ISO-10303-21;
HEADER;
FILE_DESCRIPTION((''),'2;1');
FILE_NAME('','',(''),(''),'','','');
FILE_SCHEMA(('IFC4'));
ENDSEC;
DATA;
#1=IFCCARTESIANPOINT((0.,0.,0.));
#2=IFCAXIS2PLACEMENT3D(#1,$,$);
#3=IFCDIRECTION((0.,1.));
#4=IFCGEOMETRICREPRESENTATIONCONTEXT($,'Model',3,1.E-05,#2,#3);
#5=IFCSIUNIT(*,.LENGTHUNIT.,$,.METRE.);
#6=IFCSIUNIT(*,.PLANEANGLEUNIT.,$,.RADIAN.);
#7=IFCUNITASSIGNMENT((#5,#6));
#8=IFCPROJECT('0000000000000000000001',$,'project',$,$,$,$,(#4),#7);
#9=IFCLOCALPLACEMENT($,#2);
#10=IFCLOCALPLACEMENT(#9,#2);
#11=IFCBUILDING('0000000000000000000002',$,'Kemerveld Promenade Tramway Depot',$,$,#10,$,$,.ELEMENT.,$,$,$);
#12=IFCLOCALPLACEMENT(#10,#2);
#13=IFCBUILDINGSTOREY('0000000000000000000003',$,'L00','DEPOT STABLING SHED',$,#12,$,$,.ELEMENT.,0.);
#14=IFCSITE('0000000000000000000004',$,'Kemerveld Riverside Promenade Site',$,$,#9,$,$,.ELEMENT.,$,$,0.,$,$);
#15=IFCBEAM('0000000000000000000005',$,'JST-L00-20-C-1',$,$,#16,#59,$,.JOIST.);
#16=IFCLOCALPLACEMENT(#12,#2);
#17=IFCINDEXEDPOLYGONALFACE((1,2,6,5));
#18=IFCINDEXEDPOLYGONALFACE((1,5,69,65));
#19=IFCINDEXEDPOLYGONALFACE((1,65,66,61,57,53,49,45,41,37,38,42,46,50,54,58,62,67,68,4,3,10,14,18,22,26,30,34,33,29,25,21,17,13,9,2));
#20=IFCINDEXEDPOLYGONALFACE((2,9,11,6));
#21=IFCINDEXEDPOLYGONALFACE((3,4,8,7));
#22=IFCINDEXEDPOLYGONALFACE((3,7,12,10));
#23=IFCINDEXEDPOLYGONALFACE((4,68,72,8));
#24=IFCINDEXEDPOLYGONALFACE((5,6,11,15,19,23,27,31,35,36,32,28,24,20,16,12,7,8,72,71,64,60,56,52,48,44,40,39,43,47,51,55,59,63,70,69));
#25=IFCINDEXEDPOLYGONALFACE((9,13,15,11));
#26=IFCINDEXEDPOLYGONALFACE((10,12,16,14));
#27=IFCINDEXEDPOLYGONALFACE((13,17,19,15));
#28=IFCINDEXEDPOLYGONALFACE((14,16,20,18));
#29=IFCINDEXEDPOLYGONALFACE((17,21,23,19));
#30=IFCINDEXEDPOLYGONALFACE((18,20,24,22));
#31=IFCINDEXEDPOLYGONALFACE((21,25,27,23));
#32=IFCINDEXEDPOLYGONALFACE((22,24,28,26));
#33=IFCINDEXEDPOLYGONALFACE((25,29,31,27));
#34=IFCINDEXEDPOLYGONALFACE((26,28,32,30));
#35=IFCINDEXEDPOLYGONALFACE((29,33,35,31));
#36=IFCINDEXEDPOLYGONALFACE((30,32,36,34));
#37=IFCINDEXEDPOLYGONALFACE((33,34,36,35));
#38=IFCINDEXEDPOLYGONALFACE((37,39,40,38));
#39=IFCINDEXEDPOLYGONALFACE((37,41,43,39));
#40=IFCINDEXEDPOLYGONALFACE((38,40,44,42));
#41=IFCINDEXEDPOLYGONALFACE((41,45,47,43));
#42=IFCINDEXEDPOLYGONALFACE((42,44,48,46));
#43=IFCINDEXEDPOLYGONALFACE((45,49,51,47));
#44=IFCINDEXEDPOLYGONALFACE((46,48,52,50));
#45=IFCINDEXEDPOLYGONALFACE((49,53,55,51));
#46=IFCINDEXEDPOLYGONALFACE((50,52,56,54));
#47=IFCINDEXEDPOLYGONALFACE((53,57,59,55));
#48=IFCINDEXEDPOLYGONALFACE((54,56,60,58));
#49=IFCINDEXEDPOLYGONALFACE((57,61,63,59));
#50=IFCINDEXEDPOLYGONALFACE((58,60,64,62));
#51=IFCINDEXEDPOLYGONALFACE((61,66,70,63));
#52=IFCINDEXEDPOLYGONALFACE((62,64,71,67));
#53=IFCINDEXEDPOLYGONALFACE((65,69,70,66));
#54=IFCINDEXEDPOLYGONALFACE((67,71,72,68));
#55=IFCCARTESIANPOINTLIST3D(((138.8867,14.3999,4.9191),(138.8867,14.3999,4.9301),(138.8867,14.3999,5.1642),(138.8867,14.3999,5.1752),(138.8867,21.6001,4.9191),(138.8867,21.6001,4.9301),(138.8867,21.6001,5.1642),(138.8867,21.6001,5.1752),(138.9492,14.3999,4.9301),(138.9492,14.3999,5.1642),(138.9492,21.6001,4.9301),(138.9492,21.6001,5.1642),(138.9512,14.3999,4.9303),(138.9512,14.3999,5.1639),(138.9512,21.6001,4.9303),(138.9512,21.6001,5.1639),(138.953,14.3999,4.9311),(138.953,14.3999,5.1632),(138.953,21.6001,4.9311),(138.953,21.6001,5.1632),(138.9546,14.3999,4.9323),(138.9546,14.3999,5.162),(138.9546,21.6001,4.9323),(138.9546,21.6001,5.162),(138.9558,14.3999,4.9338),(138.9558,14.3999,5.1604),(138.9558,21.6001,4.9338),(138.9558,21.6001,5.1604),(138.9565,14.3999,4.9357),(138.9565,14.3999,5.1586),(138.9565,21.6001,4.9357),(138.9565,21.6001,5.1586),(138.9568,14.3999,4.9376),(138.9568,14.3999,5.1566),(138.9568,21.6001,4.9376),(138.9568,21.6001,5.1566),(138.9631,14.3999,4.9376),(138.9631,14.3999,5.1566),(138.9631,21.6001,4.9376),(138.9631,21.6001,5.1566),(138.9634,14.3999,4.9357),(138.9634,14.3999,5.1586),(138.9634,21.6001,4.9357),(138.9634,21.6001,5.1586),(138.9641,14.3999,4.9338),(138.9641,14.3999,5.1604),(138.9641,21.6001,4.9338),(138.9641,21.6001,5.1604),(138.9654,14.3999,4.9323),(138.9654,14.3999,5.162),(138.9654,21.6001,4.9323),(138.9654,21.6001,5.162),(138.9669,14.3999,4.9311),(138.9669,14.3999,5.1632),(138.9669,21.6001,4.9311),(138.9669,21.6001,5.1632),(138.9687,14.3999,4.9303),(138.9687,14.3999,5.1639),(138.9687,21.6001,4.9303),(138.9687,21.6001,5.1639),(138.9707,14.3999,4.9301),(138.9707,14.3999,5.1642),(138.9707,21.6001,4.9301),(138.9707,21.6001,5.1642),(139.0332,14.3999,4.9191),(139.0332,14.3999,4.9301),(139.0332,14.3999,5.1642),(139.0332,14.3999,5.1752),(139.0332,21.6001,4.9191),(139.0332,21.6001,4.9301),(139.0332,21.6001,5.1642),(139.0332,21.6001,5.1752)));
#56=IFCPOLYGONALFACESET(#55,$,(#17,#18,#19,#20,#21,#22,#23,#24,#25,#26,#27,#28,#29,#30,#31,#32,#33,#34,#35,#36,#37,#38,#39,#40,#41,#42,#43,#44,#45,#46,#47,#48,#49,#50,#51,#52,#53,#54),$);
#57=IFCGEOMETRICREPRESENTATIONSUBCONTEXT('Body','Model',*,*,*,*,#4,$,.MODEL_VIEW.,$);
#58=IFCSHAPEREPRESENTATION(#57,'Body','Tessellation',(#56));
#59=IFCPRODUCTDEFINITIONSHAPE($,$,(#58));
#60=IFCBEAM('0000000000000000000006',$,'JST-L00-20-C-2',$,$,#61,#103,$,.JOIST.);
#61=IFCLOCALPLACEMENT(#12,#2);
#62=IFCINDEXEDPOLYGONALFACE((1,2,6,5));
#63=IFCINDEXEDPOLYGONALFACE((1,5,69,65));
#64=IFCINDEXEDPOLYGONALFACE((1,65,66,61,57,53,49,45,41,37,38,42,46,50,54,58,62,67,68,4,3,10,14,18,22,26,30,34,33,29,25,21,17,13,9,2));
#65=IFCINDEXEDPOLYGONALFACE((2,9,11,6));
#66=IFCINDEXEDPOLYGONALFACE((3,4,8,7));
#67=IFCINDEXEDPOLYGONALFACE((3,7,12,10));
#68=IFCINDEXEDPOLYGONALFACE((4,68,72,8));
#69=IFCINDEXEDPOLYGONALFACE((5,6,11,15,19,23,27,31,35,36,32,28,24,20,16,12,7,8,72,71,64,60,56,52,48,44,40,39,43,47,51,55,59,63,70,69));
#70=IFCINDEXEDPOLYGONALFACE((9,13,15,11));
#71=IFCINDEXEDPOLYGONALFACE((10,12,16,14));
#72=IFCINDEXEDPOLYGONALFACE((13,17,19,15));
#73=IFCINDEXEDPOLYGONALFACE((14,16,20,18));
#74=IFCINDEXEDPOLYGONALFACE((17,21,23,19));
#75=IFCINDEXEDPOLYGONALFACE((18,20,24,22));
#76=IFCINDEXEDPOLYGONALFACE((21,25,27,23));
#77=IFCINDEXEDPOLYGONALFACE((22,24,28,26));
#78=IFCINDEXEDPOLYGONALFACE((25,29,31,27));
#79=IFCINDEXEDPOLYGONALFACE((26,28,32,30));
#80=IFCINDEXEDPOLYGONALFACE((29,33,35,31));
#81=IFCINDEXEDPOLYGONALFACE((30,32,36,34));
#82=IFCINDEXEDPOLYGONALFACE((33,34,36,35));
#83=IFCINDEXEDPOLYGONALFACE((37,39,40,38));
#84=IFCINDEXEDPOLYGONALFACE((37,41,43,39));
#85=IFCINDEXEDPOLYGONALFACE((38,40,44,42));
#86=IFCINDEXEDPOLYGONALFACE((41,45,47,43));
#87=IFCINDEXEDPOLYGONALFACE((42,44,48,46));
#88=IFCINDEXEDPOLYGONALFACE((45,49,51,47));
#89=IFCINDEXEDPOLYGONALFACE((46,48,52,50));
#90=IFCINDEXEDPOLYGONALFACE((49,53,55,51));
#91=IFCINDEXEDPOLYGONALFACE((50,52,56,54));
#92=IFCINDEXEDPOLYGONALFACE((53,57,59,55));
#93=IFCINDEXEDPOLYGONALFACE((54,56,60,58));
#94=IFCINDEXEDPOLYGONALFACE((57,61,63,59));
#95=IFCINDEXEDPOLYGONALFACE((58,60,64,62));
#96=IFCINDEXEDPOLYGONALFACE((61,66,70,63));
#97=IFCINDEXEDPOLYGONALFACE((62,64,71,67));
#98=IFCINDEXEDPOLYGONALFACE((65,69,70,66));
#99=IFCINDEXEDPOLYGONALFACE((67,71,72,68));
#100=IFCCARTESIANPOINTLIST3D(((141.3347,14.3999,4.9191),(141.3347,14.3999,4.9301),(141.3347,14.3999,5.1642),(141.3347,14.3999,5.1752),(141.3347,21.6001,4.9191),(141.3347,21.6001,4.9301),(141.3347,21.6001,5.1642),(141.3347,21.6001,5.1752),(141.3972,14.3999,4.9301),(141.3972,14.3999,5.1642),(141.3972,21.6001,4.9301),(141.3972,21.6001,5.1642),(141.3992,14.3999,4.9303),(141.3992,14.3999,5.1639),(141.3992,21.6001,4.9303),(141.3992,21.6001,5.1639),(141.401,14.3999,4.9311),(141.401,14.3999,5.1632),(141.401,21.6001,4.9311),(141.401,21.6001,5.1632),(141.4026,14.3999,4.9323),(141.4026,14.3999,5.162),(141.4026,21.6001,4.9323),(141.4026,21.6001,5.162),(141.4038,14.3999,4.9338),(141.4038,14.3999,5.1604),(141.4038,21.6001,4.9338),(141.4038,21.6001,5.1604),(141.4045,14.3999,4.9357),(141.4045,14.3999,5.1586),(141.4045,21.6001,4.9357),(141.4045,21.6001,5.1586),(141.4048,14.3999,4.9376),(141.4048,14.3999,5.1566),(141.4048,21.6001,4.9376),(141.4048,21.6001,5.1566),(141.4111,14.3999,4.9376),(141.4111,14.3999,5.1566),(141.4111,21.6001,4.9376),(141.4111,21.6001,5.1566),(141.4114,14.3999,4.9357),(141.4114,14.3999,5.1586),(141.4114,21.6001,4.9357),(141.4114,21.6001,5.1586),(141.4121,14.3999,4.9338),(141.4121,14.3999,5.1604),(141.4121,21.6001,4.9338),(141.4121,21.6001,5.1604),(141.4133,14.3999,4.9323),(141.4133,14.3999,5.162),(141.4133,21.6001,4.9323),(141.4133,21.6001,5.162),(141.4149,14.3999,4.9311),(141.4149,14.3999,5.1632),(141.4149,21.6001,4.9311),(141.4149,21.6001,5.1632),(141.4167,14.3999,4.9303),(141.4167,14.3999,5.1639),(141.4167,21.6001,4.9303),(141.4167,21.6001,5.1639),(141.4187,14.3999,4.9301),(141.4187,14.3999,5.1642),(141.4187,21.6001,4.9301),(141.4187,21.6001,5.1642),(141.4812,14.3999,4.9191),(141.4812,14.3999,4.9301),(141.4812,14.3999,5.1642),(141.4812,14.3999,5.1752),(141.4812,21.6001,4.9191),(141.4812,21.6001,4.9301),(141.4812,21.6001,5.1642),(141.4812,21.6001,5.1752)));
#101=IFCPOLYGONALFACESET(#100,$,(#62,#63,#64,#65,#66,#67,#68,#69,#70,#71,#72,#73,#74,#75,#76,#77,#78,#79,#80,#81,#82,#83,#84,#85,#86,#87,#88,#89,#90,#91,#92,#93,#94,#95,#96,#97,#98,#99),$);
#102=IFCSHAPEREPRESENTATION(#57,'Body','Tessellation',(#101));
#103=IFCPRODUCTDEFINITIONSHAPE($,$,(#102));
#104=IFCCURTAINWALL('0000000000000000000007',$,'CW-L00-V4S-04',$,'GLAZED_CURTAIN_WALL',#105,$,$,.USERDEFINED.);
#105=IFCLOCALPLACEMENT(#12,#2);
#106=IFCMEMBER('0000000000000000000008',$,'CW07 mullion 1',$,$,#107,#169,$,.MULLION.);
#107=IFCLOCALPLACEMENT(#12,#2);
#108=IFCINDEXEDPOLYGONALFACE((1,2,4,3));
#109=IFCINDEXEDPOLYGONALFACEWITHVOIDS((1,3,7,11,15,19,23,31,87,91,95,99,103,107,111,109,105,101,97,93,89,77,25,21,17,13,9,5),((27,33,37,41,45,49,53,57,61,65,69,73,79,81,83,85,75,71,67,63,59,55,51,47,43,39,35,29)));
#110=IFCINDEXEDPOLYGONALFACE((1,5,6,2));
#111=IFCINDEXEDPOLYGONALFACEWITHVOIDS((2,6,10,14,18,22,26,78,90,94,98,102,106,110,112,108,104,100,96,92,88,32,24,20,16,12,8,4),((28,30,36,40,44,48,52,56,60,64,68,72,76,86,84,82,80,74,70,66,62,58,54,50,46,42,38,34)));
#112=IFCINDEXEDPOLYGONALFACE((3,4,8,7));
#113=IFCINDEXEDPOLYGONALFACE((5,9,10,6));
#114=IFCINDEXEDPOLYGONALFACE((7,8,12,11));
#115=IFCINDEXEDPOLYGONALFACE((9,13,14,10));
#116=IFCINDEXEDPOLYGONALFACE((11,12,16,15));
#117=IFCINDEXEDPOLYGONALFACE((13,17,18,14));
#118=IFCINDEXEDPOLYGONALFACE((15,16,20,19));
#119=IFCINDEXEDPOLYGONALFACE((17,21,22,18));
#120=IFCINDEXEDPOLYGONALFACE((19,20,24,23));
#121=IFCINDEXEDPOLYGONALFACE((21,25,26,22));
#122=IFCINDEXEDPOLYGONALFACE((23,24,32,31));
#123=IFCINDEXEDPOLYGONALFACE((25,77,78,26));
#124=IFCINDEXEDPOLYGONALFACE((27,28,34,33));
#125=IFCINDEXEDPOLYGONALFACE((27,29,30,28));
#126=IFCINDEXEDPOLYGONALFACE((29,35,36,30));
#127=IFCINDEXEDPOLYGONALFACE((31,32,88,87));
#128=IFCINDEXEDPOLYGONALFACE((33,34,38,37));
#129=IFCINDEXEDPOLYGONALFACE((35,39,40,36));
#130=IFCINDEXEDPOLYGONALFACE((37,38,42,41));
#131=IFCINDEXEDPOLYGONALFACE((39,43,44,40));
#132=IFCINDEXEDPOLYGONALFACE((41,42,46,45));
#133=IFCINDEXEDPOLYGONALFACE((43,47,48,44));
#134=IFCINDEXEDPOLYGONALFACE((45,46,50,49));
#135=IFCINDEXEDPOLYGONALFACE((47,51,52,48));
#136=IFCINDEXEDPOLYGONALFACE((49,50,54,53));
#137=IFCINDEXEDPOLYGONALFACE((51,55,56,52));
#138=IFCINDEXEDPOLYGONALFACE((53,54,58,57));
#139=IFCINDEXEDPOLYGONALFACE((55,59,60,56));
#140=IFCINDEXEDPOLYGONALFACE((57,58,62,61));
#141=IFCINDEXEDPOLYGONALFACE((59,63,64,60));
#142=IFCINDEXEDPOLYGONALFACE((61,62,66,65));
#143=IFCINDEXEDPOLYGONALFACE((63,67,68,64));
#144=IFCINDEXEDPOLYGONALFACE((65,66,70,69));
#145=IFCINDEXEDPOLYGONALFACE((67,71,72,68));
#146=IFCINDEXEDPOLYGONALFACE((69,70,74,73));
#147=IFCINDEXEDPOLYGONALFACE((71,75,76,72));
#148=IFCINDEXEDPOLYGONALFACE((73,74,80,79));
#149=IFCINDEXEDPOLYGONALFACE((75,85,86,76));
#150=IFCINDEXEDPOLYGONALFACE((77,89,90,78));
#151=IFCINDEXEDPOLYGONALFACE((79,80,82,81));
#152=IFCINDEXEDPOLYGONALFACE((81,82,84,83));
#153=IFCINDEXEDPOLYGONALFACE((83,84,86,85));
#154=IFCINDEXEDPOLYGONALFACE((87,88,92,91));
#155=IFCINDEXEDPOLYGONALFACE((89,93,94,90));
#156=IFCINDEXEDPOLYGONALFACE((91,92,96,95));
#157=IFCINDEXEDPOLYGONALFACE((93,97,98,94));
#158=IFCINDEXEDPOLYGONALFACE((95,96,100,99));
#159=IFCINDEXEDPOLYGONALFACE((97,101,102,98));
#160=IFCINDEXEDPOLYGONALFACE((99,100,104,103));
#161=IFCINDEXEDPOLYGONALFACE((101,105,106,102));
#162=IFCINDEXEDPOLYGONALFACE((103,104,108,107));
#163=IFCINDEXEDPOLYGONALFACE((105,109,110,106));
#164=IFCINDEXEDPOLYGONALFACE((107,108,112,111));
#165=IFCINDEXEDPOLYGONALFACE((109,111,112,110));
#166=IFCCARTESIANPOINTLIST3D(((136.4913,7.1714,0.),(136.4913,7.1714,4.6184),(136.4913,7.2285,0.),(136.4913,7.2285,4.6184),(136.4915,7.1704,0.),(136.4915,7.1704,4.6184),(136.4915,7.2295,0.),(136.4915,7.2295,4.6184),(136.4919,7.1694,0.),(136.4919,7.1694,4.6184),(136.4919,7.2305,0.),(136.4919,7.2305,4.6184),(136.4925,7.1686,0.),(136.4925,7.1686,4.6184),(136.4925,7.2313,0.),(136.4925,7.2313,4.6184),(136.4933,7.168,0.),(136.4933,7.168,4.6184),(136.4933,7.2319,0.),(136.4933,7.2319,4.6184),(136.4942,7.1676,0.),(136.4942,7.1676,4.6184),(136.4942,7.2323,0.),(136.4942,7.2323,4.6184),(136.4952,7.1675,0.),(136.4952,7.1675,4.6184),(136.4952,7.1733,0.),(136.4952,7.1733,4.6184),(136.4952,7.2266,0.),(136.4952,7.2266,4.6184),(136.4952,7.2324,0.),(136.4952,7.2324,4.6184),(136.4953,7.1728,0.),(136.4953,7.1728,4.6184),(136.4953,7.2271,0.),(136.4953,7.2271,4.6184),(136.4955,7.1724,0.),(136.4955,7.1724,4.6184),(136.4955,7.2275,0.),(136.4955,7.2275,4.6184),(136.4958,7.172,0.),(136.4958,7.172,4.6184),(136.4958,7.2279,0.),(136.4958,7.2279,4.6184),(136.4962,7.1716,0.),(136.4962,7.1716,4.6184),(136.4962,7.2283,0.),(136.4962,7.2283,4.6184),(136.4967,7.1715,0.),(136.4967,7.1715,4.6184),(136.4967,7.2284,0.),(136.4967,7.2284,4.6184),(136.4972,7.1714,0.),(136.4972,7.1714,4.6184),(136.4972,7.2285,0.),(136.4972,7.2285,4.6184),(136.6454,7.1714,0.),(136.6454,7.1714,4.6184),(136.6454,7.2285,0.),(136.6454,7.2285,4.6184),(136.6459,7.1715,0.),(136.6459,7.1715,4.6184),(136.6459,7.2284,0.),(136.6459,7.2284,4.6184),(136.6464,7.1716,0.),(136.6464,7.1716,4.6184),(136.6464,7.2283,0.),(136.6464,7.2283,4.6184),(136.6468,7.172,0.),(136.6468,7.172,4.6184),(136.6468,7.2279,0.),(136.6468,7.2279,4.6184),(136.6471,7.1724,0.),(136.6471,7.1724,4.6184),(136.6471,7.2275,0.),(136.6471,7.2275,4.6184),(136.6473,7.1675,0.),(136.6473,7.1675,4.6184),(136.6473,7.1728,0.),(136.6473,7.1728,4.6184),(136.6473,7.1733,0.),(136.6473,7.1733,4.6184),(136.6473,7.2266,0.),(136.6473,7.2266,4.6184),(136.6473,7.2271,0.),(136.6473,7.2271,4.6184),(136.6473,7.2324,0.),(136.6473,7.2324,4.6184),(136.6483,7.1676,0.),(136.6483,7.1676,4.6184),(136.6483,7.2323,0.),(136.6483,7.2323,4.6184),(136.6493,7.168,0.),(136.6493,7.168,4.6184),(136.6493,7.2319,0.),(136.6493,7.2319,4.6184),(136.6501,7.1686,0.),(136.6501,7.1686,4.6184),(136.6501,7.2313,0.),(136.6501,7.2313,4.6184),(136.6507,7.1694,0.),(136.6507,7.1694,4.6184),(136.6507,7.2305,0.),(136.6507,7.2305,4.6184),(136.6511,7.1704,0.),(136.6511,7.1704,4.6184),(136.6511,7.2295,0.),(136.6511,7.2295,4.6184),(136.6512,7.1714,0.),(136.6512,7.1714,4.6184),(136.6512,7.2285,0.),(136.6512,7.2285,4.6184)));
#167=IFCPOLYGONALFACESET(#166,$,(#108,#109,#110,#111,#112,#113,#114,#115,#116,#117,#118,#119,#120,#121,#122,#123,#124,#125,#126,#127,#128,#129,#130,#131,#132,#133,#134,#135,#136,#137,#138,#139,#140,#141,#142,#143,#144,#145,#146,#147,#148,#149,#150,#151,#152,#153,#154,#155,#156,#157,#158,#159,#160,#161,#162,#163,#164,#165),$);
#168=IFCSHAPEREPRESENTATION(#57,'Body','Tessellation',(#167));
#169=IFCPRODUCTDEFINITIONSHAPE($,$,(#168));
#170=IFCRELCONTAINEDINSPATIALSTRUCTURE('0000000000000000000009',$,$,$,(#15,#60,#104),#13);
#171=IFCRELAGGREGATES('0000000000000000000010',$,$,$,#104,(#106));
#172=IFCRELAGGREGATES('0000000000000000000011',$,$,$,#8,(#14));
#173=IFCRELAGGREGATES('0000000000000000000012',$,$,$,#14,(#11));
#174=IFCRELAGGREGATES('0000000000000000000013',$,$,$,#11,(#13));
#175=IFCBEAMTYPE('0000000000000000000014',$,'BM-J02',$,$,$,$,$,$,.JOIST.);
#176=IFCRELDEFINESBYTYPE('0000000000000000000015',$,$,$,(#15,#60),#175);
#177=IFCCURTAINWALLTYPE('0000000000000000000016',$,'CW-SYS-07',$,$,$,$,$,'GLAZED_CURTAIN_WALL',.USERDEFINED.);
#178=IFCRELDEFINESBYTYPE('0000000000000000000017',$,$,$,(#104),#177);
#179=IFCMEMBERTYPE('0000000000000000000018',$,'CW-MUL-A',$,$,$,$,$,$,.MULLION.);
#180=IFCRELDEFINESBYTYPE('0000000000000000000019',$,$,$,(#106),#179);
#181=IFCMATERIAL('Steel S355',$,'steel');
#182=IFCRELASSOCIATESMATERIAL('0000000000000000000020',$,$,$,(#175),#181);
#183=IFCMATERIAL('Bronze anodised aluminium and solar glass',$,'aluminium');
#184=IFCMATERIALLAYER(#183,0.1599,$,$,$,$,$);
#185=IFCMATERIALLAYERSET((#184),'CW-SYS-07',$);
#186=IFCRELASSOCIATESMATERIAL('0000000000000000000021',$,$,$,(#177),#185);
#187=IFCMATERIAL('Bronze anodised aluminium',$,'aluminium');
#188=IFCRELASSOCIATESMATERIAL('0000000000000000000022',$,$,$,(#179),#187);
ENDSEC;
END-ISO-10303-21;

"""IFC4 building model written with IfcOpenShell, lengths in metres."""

from ifc_helpers import new_model, si_unit, direction, frame, origin, origin_2d, place, context, subcontext, project, spatial, hollow_rectangle, i_section, extrude, material, layer, layer_set, material_profile, profile_set, type_object, element, aggregate, save


model = new_model("IFC4")

# Units and contexts
model_context = context("Model", 3, precision=1e-05, world=origin(), true_north=direction((0.0, 1.0)))
body_context = subcontext(model_context, "Body", "Model", "MODEL_VIEW")
ifc_project = project(units=[si_unit("LENGTHUNIT", "METRE"), si_unit("PLANEANGLEUNIT", "RADIAN")], contexts=[model_context])

# Site, building, storey
site_placement = place(None, origin())
site = spatial("IfcSite", under=ifc_project, at=site_placement, Name="Kemerveld Riverside Promenade Site", CompositionType="ELEMENT", RefElevation=0.0)
building_placement = place(site_placement, origin())
building = spatial("IfcBuilding", under=site, at=building_placement, Name="Kemerveld Promenade Tramway Depot", CompositionType="ELEMENT")
storey_placement = place(building_placement, origin())
storey = spatial("IfcBuildingStorey", under=building, at=storey_placement, Name="L00", Description="DEPOT STABLING SHED", CompositionType="ELEMENT", Elevation=0.0)

# Shared definitions
ifc_material_1 = material(Name="Steel S355", Category="steel")

# Beams
ifc_material_profile_1 = material_profile(ifc_material_1, i_section(OverallWidth=0.1465, OverallDepth=0.2561, WebThickness=0.0063, FlangeThickness=0.011, FilletRadius=0.0076, at=origin_2d()), Name="254x146x37 UB")
ifc_profile_set_1 = profile_set([ifc_material_profile_1], Name="Steel S355")
beam_type_1 = type_object("IfcBeamType", Name="BM-J02", PredefinedType="JOIST", material=ifc_profile_set_1)
for number, where, z_axis, x_axis, name in (
    (1, (138.96, 14.3999, 5.0471), (0.0, 1.0, 0.0), (-1.0, 0.0, 0.0), "JST-L00-20-C-1"),
    (2, (141.408, 14.3999, 5.0471), (0.0, 1.0, 0.0), (-1.0, 0.0, 0.0), "JST-L00-20-C-2"),
):
    element("IfcBeam", number, at=place(storey_placement, frame(where, z_axis=z_axis, x_axis=x_axis)), inside=storey, type_object=beam_type_1, Name=name, PredefinedType="JOIST", context=body_context, shape_type="SweptSolid", body=[
        extrude(i_section(OverallWidth=0.1465, OverallDepth=0.2561, WebThickness=0.0063, FlangeThickness=0.011, FilletRadius=0.0076, at=origin_2d()), origin(), (0.0, 0.0, 1.0), 7.2002),
    ])

# Curtain wall, member
ifc_material_2 = material(Name="Bronze anodised aluminium and solar glass", Category="aluminium")
ifc_layer_1 = layer(ifc_material_2, 0.1599)
ifc_layer_set_1 = layer_set([ifc_layer_1], Name="CW-SYS-07")
curtain_wall_type = type_object("IfcCurtainWallType", Name="CW-SYS-07", ElementType="GLAZED_CURTAIN_WALL", PredefinedType="USERDEFINED", material=ifc_layer_set_1)
curtain_wall_placement = place(storey_placement, origin())
curtain_wall = element("IfcCurtainWall", 3, at=curtain_wall_placement, inside=storey, type_object=curtain_wall_type, Name="CW-L00-V4S-04", ObjectType="GLAZED_CURTAIN_WALL", PredefinedType="USERDEFINED")
ifc_material_3 = material(Name="Bronze anodised aluminium", Category="aluminium")
ifc_material_profile_2 = material_profile(ifc_material_3, hollow_rectangle(XDim=0.0649, YDim=0.1599, WallThickness=0.0039, InnerFilletRadius=0.002, OuterFilletRadius=0.0039, at=origin_2d()), Name="CW-MUL-160x65")
ifc_profile_set_2 = profile_set([ifc_material_profile_2], Name="Bronze anodised aluminium")
member_type_1 = type_object("IfcMemberType", Name="CW-MUL-A", PredefinedType="MULLION", material=ifc_profile_set_2)
member_1_placement = place(storey_placement, frame((136.5713, 7.2, 0.0), z_axis=(0.0, 0.0, 1.0), x_axis=(0.0, -1.0, 0.0)))
member_1 = element("IfcMember", 4, at=member_1_placement, type_object=member_type_1, Name="CW07 mullion 1", PredefinedType="MULLION", context=body_context, shape_type="SweptSolid", body=[
    extrude(hollow_rectangle(XDim=0.0649, YDim=0.1599, WallThickness=0.0039, InnerFilletRadius=0.002, OuterFilletRadius=0.0039, at=origin_2d()), origin(), (0.0, 0.0, 1.0), 4.6184),
])
aggregate(curtain_wall, [member_1])

save(model, "model.ifc")
